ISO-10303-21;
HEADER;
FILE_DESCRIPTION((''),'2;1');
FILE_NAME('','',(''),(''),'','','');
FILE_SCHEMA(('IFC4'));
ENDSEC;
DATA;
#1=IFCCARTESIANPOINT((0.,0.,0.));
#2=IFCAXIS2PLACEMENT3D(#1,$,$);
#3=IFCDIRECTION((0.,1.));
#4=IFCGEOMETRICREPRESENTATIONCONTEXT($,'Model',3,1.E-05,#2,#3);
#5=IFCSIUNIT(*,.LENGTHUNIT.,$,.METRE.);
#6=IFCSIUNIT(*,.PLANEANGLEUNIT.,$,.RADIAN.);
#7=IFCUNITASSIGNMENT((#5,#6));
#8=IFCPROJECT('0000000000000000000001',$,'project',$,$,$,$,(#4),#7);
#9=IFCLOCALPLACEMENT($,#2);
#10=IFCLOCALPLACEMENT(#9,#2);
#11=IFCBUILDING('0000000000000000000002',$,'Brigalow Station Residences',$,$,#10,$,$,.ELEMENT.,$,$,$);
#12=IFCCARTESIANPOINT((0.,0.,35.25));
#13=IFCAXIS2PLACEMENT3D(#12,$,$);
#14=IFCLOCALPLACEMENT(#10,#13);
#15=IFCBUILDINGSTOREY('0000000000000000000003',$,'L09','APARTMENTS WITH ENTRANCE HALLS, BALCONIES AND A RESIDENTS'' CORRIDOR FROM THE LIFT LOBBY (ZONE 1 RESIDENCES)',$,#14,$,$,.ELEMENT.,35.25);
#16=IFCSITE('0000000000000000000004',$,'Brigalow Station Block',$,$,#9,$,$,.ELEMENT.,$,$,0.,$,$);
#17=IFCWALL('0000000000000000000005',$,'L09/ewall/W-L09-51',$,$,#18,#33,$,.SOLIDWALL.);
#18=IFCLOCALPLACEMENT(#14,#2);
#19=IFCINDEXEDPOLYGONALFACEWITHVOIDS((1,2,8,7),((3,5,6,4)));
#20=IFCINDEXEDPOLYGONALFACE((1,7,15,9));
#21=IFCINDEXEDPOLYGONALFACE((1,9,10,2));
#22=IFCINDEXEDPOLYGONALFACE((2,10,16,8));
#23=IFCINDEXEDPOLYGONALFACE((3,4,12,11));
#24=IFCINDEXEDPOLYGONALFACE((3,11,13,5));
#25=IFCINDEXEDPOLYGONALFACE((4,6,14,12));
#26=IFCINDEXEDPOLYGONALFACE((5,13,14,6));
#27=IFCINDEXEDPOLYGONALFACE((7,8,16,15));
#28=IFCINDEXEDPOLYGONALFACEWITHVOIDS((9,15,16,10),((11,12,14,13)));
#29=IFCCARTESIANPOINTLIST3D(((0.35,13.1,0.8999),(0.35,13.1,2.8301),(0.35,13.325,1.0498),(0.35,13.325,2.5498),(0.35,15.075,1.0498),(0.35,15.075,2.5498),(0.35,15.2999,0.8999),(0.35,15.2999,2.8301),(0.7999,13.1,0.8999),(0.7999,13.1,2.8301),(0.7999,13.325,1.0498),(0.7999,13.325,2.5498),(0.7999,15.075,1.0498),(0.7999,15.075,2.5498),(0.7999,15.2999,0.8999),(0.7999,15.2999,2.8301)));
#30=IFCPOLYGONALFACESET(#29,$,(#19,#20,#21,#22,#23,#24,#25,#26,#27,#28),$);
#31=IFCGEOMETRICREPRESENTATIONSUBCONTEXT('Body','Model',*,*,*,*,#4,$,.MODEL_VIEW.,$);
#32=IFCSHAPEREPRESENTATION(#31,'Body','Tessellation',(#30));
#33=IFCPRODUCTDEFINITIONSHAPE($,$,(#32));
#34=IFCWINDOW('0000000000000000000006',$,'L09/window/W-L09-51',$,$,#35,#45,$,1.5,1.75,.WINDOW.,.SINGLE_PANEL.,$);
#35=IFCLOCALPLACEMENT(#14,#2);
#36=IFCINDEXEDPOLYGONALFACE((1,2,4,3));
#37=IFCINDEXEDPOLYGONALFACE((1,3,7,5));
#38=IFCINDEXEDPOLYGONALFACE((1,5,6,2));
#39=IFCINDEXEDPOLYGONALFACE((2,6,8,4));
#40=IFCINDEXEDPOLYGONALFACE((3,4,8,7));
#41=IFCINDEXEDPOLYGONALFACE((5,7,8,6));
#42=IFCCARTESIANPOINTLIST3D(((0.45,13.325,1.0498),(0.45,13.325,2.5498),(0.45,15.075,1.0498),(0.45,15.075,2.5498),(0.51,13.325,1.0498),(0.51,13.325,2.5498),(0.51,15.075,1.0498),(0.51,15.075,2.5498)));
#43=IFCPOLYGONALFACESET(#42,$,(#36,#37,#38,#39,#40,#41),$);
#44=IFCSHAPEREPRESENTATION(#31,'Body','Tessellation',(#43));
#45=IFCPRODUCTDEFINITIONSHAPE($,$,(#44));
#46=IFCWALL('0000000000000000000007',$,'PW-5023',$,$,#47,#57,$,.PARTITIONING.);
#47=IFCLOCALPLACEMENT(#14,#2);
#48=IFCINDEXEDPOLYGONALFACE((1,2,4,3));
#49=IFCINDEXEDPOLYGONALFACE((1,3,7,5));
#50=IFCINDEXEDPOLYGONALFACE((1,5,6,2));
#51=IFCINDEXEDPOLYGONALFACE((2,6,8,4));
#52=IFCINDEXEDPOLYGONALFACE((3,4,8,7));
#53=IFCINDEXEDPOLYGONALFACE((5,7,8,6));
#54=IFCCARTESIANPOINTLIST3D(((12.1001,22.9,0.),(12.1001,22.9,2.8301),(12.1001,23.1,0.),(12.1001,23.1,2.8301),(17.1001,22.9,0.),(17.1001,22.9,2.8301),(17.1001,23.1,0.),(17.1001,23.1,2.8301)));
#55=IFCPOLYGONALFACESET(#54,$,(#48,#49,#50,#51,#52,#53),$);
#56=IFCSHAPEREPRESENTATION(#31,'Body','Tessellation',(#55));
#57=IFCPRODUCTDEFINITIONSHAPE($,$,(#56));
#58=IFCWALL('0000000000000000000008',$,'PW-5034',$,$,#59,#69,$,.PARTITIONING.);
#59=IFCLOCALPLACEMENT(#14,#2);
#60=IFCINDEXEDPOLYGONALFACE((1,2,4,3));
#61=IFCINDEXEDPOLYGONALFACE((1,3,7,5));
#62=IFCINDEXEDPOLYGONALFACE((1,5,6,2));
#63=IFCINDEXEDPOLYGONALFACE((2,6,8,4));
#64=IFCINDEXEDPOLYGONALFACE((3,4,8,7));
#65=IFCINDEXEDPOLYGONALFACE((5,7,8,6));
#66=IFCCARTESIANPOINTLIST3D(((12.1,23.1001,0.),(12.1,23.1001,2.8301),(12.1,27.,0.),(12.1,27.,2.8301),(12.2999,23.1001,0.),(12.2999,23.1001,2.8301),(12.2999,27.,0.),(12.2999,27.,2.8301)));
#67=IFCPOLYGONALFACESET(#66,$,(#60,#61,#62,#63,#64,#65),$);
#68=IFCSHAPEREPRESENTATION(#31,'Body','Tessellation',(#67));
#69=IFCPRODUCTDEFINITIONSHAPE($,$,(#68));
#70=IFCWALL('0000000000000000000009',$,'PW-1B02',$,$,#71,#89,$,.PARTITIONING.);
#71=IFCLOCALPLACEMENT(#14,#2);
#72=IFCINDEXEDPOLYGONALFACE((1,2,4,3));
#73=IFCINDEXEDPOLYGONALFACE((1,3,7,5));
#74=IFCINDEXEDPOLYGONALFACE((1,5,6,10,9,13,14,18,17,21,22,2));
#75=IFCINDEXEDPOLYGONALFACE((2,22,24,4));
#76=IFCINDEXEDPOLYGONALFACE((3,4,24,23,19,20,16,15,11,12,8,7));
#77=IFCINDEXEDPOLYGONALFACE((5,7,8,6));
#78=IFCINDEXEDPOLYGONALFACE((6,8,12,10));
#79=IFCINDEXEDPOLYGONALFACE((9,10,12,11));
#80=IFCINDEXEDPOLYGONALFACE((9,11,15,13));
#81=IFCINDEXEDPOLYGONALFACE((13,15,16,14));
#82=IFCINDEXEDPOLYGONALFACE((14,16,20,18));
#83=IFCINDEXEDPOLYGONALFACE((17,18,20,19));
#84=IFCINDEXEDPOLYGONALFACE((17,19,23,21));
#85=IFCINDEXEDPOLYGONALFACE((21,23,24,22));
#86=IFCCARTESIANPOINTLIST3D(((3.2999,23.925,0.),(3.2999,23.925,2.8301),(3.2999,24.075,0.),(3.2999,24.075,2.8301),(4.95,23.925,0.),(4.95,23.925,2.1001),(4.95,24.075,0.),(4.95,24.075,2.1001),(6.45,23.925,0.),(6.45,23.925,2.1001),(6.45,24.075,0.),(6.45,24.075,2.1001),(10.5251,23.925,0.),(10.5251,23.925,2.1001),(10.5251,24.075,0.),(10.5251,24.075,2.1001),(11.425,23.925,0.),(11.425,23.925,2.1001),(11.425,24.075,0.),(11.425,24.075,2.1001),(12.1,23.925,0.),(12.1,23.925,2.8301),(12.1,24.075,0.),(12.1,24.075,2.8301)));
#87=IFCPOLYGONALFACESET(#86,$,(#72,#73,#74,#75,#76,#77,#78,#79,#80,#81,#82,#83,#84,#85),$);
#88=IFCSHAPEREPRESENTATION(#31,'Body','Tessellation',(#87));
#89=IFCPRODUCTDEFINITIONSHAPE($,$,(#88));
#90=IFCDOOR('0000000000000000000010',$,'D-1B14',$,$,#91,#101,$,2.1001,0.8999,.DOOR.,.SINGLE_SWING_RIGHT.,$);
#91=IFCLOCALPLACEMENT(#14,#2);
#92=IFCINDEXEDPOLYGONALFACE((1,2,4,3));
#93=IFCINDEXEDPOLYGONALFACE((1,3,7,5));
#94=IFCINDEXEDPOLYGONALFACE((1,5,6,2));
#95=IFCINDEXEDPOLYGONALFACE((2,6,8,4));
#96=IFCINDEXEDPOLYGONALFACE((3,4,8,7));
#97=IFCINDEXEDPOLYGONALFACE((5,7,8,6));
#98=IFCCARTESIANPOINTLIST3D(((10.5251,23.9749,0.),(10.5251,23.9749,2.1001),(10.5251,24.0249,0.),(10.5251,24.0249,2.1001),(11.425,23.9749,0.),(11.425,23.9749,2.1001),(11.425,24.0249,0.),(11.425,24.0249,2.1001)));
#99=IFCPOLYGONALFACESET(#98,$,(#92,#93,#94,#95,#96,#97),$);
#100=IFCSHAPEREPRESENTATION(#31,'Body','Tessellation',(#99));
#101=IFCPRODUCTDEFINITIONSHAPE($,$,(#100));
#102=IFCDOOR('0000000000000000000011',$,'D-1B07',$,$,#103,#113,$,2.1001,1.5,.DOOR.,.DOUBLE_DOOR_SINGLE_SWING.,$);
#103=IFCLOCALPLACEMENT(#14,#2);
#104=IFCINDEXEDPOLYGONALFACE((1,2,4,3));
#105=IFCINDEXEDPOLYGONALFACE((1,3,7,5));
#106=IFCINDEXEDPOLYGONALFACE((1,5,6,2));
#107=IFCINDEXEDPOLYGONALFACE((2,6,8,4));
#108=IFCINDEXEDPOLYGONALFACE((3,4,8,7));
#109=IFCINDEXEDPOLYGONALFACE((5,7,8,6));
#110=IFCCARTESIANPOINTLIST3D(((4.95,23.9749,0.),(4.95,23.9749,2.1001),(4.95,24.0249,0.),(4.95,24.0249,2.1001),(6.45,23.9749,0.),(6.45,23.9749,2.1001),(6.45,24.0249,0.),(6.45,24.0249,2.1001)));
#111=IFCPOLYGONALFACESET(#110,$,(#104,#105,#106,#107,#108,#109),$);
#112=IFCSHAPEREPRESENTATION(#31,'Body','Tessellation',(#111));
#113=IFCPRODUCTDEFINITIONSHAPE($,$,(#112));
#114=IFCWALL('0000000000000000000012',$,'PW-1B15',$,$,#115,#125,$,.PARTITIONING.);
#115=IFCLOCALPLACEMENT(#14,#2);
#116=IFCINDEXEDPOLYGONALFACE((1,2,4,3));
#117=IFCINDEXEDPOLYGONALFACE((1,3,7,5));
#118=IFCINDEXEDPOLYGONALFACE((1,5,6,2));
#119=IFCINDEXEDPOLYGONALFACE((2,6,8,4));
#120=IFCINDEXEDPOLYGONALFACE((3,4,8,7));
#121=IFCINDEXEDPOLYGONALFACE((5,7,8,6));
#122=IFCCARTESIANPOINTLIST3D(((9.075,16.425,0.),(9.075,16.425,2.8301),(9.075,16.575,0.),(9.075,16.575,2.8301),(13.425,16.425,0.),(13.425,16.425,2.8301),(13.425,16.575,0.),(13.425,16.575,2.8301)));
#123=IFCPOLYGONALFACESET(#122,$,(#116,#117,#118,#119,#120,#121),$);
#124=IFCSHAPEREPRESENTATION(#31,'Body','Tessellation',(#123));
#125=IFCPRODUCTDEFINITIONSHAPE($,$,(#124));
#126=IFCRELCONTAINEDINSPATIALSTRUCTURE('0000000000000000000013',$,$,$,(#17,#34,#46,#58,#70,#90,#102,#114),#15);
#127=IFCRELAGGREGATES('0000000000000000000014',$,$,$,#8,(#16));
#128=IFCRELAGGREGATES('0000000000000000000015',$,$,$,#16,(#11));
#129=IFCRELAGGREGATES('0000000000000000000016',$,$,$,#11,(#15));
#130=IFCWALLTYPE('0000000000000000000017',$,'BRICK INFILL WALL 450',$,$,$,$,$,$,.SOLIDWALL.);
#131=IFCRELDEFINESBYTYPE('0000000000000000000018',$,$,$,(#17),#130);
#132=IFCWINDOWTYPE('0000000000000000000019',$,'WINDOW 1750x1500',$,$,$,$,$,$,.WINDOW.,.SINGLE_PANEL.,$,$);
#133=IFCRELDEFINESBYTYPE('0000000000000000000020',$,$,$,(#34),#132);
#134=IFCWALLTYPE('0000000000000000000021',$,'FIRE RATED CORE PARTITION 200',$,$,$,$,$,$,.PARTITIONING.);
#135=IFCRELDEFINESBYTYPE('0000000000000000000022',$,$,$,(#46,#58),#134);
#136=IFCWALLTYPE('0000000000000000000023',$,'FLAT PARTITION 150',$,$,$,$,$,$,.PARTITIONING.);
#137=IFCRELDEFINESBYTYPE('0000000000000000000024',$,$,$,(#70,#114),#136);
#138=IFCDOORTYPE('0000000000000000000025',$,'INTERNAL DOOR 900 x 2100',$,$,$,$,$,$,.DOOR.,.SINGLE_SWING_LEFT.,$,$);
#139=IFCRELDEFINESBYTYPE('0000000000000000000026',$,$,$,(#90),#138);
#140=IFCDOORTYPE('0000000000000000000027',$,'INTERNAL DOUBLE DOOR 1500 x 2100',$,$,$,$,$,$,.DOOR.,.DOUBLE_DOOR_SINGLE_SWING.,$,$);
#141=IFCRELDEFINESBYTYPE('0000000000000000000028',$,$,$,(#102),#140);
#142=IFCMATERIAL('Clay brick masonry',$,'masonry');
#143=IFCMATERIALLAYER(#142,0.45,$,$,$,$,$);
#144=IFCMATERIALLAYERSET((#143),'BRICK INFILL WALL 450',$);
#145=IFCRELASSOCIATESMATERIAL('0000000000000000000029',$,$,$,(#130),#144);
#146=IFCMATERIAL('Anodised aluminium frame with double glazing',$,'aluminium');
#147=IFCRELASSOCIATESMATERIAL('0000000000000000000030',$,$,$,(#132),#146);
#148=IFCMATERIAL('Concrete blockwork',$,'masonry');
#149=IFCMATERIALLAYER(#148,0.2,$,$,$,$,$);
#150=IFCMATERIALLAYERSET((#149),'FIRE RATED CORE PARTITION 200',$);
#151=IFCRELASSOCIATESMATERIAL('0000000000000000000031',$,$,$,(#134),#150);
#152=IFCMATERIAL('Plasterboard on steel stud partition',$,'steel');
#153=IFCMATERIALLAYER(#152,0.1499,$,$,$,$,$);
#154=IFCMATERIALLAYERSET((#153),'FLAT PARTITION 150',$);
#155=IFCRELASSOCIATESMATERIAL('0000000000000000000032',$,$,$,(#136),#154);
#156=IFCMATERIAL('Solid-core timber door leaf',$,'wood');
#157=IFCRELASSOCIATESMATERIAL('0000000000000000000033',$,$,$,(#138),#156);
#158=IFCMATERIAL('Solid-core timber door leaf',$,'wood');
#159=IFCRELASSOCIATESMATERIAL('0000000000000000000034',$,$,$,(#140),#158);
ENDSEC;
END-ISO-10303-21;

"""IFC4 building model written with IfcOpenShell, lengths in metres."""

from ifc_helpers import new_model, si_unit, direction, frame, frame_2d, origin, place, context, subcontext, project, spatial, rectangle, extrude, material, layer, layer_set, type_object, element, fill, save


model = new_model("IFC4")

# Units and contexts
model_context = context("Model", 3, precision=1e-05, world=origin(), true_north=direction((0.0, 1.0)))
body_context = subcontext(model_context, "Body", "Model", "MODEL_VIEW")
ifc_project = project(units=[si_unit("LENGTHUNIT", "METRE"), si_unit("PLANEANGLEUNIT", "RADIAN")], contexts=[model_context])

# Site, building, storey
site_placement = place(None, origin())
site = spatial("IfcSite", under=ifc_project, at=site_placement, Name="Brigalow Station Block", CompositionType="ELEMENT", RefElevation=0.0)
building_placement = place(site_placement, origin())
building = spatial("IfcBuilding", under=site, at=building_placement, Name="Brigalow Station Residences", CompositionType="ELEMENT")
storey_placement = place(building_placement, frame((0.0, 0.0, 35.25)))
storey = spatial("IfcBuildingStorey", under=building, at=storey_placement, Name="L09", Description="APARTMENTS WITH ENTRANCE HALLS, BALCONIES AND A RESIDENTS' CORRIDOR FROM THE LIFT LOBBY (ZONE 1 RESIDENCES)", CompositionType="ELEMENT", Elevation=35.25)

# Shared definitions
ifc_material_1 = material(Name="Clay brick masonry", Category="masonry")
ifc_layer_1 = layer(ifc_material_1, 0.45)
ifc_layer_set_1 = layer_set([ifc_layer_1], Name="BRICK INFILL WALL 450")
wall_type_1 = type_object("IfcWallType", Name="BRICK INFILL WALL 450", PredefinedType="SOLIDWALL", material=ifc_layer_set_1)

# Wall, opening, window
wall_1_placement = place(storey_placement, frame((0.575, 15.3, 0.8999), z_axis=(0.0, 0.0, 1.0), x_axis=(0.0, -1.0, 0.0)))
wall_1 = element("IfcWall", 1, at=wall_1_placement, inside=storey, type_object=wall_type_1, Name="L09/ewall/W-L09-51", PredefinedType="SOLIDWALL", context=body_context, shape_type="SweptSolid", body=[
    extrude(rectangle(XDim=2.2, YDim=0.45, at=frame_2d((1.1001, 0.0))), origin(), (0.0, 0.0, 1.0), 1.9302),
])
opening_1_placement = place(wall_1_placement, frame((0.2251, 0.0, 0.1499)))
opening_1 = element("IfcOpeningElement", 2, at=opening_1_placement, cuts=wall_1, PredefinedType="OPENING", context=body_context, shape_type="SweptSolid", body=[
    extrude(rectangle(XDim=1.75, YDim=1.5, at=frame_2d((0.875, 0.75))), frame((0.0, 0.2349, 0.0), z_axis=(0.0, -1.0, 0.0), x_axis=(1.0, 0.0, 0.0)), (0.0, 0.0, 1.0), 0.47),
])
ifc_material_2 = material(Name="Anodised aluminium frame with double glazing", Category="aluminium")
window_type = type_object("IfcWindowType", Name="WINDOW 1750x1500", PartitioningType="SINGLE_PANEL", PredefinedType="WINDOW", material=ifc_material_2)
window_placement = place(opening_1_placement, origin())
window = element("IfcWindow", 3, at=window_placement, inside=storey, type_object=window_type, Name="L09/window/W-L09-51", OverallHeight=1.5, OverallWidth=1.75, PartitioningType="SINGLE_PANEL", PredefinedType="WINDOW", context=body_context, shape_type="SweptSolid", body=[
    extrude(rectangle(XDim=1.75, YDim=1.5, at=frame_2d((0.875, 0.75))), frame((0.0, -0.0649, 0.0), z_axis=(0.0, -1.0, 0.0), x_axis=(1.0, 0.0, 0.0)), (0.0, 0.0, 1.0), 0.0601),
])
fill(opening_1, window)

# Walls
ifc_material_3 = material(Name="Concrete blockwork", Category="masonry")
ifc_layer_2 = layer(ifc_material_3, 0.2)
ifc_layer_set_2 = layer_set([ifc_layer_2], Name="FIRE RATED CORE PARTITION 200")
wall_type_2 = type_object("IfcWallType", Name="FIRE RATED CORE PARTITION 200", PredefinedType="PARTITIONING", material=ifc_layer_set_2)
wall_2_placement = place(storey_placement, frame((12.1001, 23.0, 0.0), z_axis=(0.0, 0.0, 1.0), x_axis=(1.0, 0.0, 0.0)))
element("IfcWall", 4, at=wall_2_placement, inside=storey, type_object=wall_type_2, Name="PW-5023", PredefinedType="PARTITIONING", context=body_context, shape_type="SweptSolid", body=[
    extrude(rectangle(XDim=5.0, YDim=0.2, at=frame_2d((2.5, 0.0))), origin(), (0.0, 0.0, 1.0), 2.8301),
])
wall_3_placement = place(storey_placement, frame((12.2, 23.1001, 0.0), z_axis=(0.0, 0.0, 1.0), x_axis=(0.0, 1.0, 0.0)))
element("IfcWall", 5, at=wall_3_placement, inside=storey, type_object=wall_type_2, Name="PW-5034", PredefinedType="PARTITIONING", context=body_context, shape_type="SweptSolid", body=[
    extrude(rectangle(XDim=3.8999, YDim=0.2, at=frame_2d((1.95, 0.0))), origin(), (0.0, 0.0, 1.0), 2.8301),
])

# Wall, openings, doors
ifc_material_4 = material(Name="Plasterboard on steel stud partition", Category="steel")
ifc_layer_3 = layer(ifc_material_4, 0.1499)
ifc_layer_set_3 = layer_set([ifc_layer_3], Name="FLAT PARTITION 150")
wall_type_3 = type_object("IfcWallType", Name="FLAT PARTITION 150", PredefinedType="PARTITIONING", material=ifc_layer_set_3)
wall_4_placement = place(storey_placement, frame((3.3, 24.0, 0.0), z_axis=(0.0, 0.0, 1.0), x_axis=(1.0, 0.0, 0.0)))
wall_4 = element("IfcWall", 6, at=wall_4_placement, inside=storey, type_object=wall_type_3, Name="PW-1B02", PredefinedType="PARTITIONING", context=body_context, shape_type="SweptSolid", body=[
    extrude(rectangle(XDim=8.8, YDim=0.1499, at=frame_2d((4.3999, 0.0))), origin(), (0.0, 0.0, 1.0), 2.8301),
])
opening_2_placement = place(wall_4_placement, frame((1.6499, 0.0, 0.0)))
opening_2 = element("IfcOpeningElement", 7, at=opening_2_placement, cuts=wall_4, PredefinedType="OPENING", context=body_context, shape_type="SweptSolid", body=[
    extrude(rectangle(XDim=1.5, YDim=2.1001, at=frame_2d((0.75, 1.05))), frame((0.0, 0.085, 0.0), z_axis=(0.0, -1.0, 0.0), x_axis=(1.0, 0.0, 0.0)), (0.0, 0.0, 1.0), 0.1699),
])
opening_3_placement = place(wall_4_placement, frame((7.2251, 0.0, 0.0)))
opening_3 = element("IfcOpeningElement", 8, at=opening_3_placement, cuts=wall_4, PredefinedType="OPENING", context=body_context, shape_type="SweptSolid", body=[
    extrude(rectangle(XDim=0.8999, YDim=2.1001, at=frame_2d((0.45, 1.05))), frame((0.0, 0.085, 0.0), z_axis=(0.0, -1.0, 0.0), x_axis=(1.0, 0.0, 0.0)), (0.0, 0.0, 1.0), 0.1699),
])
ifc_material_5 = material(Name="Solid-core timber door leaf", Category="wood")
door_type_1 = type_object("IfcDoorType", Name="INTERNAL DOOR 900 x 2100", OperationType="SINGLE_SWING_LEFT", PredefinedType="DOOR", material=ifc_material_5)
door_1_placement = place(opening_3_placement, origin())
door_1 = element("IfcDoor", 9, at=door_1_placement, inside=storey, type_object=door_type_1, Name="D-1B14", OperationType="SINGLE_SWING_RIGHT", OverallHeight=2.1001, OverallWidth=0.8999, PredefinedType="DOOR", context=body_context, shape_type="SweptSolid", body=[
    extrude(rectangle(XDim=0.8999, YDim=2.1001, at=frame_2d((0.45, 1.05))), frame((0.0, 0.0249, 0.0), z_axis=(0.0, -1.0, 0.0), x_axis=(1.0, 0.0, 0.0)), (0.0, 0.0, 1.0), 0.05),
])
fill(opening_3, door_1)
ifc_material_6 = material(Name="Solid-core timber door leaf", Category="wood")
door_type_2 = type_object("IfcDoorType", Name="INTERNAL DOUBLE DOOR 1500 x 2100", OperationType="DOUBLE_DOOR_SINGLE_SWING", PredefinedType="DOOR", material=ifc_material_6)
door_2_placement = place(opening_2_placement, origin())
door_2 = element("IfcDoor", 10, at=door_2_placement, inside=storey, type_object=door_type_2, Name="D-1B07", OperationType="DOUBLE_DOOR_SINGLE_SWING", OverallHeight=2.1001, OverallWidth=1.5, PredefinedType="DOOR", context=body_context, shape_type="SweptSolid", body=[
    extrude(rectangle(XDim=1.5, YDim=2.1001, at=frame_2d((0.75, 1.05))), frame((0.0, 0.0249, 0.0), z_axis=(0.0, -1.0, 0.0), x_axis=(1.0, 0.0, 0.0)), (0.0, 0.0, 1.0), 0.05),
])
fill(opening_2, door_2)

# Wall
wall_5_placement = place(storey_placement, frame((9.075, 16.5, 0.0), z_axis=(0.0, 0.0, 1.0), x_axis=(1.0, 0.0, 0.0)))
element("IfcWall", 11, at=wall_5_placement, inside=storey, type_object=wall_type_3, Name="PW-1B15", PredefinedType="PARTITIONING", context=body_context, shape_type="SweptSolid", body=[
    extrude(rectangle(XDim=4.3501, YDim=0.1499, at=frame_2d((2.175, 0.0))), origin(), (0.0, 0.0, 1.0), 2.8301),
])

save(model, "model.ifc")
